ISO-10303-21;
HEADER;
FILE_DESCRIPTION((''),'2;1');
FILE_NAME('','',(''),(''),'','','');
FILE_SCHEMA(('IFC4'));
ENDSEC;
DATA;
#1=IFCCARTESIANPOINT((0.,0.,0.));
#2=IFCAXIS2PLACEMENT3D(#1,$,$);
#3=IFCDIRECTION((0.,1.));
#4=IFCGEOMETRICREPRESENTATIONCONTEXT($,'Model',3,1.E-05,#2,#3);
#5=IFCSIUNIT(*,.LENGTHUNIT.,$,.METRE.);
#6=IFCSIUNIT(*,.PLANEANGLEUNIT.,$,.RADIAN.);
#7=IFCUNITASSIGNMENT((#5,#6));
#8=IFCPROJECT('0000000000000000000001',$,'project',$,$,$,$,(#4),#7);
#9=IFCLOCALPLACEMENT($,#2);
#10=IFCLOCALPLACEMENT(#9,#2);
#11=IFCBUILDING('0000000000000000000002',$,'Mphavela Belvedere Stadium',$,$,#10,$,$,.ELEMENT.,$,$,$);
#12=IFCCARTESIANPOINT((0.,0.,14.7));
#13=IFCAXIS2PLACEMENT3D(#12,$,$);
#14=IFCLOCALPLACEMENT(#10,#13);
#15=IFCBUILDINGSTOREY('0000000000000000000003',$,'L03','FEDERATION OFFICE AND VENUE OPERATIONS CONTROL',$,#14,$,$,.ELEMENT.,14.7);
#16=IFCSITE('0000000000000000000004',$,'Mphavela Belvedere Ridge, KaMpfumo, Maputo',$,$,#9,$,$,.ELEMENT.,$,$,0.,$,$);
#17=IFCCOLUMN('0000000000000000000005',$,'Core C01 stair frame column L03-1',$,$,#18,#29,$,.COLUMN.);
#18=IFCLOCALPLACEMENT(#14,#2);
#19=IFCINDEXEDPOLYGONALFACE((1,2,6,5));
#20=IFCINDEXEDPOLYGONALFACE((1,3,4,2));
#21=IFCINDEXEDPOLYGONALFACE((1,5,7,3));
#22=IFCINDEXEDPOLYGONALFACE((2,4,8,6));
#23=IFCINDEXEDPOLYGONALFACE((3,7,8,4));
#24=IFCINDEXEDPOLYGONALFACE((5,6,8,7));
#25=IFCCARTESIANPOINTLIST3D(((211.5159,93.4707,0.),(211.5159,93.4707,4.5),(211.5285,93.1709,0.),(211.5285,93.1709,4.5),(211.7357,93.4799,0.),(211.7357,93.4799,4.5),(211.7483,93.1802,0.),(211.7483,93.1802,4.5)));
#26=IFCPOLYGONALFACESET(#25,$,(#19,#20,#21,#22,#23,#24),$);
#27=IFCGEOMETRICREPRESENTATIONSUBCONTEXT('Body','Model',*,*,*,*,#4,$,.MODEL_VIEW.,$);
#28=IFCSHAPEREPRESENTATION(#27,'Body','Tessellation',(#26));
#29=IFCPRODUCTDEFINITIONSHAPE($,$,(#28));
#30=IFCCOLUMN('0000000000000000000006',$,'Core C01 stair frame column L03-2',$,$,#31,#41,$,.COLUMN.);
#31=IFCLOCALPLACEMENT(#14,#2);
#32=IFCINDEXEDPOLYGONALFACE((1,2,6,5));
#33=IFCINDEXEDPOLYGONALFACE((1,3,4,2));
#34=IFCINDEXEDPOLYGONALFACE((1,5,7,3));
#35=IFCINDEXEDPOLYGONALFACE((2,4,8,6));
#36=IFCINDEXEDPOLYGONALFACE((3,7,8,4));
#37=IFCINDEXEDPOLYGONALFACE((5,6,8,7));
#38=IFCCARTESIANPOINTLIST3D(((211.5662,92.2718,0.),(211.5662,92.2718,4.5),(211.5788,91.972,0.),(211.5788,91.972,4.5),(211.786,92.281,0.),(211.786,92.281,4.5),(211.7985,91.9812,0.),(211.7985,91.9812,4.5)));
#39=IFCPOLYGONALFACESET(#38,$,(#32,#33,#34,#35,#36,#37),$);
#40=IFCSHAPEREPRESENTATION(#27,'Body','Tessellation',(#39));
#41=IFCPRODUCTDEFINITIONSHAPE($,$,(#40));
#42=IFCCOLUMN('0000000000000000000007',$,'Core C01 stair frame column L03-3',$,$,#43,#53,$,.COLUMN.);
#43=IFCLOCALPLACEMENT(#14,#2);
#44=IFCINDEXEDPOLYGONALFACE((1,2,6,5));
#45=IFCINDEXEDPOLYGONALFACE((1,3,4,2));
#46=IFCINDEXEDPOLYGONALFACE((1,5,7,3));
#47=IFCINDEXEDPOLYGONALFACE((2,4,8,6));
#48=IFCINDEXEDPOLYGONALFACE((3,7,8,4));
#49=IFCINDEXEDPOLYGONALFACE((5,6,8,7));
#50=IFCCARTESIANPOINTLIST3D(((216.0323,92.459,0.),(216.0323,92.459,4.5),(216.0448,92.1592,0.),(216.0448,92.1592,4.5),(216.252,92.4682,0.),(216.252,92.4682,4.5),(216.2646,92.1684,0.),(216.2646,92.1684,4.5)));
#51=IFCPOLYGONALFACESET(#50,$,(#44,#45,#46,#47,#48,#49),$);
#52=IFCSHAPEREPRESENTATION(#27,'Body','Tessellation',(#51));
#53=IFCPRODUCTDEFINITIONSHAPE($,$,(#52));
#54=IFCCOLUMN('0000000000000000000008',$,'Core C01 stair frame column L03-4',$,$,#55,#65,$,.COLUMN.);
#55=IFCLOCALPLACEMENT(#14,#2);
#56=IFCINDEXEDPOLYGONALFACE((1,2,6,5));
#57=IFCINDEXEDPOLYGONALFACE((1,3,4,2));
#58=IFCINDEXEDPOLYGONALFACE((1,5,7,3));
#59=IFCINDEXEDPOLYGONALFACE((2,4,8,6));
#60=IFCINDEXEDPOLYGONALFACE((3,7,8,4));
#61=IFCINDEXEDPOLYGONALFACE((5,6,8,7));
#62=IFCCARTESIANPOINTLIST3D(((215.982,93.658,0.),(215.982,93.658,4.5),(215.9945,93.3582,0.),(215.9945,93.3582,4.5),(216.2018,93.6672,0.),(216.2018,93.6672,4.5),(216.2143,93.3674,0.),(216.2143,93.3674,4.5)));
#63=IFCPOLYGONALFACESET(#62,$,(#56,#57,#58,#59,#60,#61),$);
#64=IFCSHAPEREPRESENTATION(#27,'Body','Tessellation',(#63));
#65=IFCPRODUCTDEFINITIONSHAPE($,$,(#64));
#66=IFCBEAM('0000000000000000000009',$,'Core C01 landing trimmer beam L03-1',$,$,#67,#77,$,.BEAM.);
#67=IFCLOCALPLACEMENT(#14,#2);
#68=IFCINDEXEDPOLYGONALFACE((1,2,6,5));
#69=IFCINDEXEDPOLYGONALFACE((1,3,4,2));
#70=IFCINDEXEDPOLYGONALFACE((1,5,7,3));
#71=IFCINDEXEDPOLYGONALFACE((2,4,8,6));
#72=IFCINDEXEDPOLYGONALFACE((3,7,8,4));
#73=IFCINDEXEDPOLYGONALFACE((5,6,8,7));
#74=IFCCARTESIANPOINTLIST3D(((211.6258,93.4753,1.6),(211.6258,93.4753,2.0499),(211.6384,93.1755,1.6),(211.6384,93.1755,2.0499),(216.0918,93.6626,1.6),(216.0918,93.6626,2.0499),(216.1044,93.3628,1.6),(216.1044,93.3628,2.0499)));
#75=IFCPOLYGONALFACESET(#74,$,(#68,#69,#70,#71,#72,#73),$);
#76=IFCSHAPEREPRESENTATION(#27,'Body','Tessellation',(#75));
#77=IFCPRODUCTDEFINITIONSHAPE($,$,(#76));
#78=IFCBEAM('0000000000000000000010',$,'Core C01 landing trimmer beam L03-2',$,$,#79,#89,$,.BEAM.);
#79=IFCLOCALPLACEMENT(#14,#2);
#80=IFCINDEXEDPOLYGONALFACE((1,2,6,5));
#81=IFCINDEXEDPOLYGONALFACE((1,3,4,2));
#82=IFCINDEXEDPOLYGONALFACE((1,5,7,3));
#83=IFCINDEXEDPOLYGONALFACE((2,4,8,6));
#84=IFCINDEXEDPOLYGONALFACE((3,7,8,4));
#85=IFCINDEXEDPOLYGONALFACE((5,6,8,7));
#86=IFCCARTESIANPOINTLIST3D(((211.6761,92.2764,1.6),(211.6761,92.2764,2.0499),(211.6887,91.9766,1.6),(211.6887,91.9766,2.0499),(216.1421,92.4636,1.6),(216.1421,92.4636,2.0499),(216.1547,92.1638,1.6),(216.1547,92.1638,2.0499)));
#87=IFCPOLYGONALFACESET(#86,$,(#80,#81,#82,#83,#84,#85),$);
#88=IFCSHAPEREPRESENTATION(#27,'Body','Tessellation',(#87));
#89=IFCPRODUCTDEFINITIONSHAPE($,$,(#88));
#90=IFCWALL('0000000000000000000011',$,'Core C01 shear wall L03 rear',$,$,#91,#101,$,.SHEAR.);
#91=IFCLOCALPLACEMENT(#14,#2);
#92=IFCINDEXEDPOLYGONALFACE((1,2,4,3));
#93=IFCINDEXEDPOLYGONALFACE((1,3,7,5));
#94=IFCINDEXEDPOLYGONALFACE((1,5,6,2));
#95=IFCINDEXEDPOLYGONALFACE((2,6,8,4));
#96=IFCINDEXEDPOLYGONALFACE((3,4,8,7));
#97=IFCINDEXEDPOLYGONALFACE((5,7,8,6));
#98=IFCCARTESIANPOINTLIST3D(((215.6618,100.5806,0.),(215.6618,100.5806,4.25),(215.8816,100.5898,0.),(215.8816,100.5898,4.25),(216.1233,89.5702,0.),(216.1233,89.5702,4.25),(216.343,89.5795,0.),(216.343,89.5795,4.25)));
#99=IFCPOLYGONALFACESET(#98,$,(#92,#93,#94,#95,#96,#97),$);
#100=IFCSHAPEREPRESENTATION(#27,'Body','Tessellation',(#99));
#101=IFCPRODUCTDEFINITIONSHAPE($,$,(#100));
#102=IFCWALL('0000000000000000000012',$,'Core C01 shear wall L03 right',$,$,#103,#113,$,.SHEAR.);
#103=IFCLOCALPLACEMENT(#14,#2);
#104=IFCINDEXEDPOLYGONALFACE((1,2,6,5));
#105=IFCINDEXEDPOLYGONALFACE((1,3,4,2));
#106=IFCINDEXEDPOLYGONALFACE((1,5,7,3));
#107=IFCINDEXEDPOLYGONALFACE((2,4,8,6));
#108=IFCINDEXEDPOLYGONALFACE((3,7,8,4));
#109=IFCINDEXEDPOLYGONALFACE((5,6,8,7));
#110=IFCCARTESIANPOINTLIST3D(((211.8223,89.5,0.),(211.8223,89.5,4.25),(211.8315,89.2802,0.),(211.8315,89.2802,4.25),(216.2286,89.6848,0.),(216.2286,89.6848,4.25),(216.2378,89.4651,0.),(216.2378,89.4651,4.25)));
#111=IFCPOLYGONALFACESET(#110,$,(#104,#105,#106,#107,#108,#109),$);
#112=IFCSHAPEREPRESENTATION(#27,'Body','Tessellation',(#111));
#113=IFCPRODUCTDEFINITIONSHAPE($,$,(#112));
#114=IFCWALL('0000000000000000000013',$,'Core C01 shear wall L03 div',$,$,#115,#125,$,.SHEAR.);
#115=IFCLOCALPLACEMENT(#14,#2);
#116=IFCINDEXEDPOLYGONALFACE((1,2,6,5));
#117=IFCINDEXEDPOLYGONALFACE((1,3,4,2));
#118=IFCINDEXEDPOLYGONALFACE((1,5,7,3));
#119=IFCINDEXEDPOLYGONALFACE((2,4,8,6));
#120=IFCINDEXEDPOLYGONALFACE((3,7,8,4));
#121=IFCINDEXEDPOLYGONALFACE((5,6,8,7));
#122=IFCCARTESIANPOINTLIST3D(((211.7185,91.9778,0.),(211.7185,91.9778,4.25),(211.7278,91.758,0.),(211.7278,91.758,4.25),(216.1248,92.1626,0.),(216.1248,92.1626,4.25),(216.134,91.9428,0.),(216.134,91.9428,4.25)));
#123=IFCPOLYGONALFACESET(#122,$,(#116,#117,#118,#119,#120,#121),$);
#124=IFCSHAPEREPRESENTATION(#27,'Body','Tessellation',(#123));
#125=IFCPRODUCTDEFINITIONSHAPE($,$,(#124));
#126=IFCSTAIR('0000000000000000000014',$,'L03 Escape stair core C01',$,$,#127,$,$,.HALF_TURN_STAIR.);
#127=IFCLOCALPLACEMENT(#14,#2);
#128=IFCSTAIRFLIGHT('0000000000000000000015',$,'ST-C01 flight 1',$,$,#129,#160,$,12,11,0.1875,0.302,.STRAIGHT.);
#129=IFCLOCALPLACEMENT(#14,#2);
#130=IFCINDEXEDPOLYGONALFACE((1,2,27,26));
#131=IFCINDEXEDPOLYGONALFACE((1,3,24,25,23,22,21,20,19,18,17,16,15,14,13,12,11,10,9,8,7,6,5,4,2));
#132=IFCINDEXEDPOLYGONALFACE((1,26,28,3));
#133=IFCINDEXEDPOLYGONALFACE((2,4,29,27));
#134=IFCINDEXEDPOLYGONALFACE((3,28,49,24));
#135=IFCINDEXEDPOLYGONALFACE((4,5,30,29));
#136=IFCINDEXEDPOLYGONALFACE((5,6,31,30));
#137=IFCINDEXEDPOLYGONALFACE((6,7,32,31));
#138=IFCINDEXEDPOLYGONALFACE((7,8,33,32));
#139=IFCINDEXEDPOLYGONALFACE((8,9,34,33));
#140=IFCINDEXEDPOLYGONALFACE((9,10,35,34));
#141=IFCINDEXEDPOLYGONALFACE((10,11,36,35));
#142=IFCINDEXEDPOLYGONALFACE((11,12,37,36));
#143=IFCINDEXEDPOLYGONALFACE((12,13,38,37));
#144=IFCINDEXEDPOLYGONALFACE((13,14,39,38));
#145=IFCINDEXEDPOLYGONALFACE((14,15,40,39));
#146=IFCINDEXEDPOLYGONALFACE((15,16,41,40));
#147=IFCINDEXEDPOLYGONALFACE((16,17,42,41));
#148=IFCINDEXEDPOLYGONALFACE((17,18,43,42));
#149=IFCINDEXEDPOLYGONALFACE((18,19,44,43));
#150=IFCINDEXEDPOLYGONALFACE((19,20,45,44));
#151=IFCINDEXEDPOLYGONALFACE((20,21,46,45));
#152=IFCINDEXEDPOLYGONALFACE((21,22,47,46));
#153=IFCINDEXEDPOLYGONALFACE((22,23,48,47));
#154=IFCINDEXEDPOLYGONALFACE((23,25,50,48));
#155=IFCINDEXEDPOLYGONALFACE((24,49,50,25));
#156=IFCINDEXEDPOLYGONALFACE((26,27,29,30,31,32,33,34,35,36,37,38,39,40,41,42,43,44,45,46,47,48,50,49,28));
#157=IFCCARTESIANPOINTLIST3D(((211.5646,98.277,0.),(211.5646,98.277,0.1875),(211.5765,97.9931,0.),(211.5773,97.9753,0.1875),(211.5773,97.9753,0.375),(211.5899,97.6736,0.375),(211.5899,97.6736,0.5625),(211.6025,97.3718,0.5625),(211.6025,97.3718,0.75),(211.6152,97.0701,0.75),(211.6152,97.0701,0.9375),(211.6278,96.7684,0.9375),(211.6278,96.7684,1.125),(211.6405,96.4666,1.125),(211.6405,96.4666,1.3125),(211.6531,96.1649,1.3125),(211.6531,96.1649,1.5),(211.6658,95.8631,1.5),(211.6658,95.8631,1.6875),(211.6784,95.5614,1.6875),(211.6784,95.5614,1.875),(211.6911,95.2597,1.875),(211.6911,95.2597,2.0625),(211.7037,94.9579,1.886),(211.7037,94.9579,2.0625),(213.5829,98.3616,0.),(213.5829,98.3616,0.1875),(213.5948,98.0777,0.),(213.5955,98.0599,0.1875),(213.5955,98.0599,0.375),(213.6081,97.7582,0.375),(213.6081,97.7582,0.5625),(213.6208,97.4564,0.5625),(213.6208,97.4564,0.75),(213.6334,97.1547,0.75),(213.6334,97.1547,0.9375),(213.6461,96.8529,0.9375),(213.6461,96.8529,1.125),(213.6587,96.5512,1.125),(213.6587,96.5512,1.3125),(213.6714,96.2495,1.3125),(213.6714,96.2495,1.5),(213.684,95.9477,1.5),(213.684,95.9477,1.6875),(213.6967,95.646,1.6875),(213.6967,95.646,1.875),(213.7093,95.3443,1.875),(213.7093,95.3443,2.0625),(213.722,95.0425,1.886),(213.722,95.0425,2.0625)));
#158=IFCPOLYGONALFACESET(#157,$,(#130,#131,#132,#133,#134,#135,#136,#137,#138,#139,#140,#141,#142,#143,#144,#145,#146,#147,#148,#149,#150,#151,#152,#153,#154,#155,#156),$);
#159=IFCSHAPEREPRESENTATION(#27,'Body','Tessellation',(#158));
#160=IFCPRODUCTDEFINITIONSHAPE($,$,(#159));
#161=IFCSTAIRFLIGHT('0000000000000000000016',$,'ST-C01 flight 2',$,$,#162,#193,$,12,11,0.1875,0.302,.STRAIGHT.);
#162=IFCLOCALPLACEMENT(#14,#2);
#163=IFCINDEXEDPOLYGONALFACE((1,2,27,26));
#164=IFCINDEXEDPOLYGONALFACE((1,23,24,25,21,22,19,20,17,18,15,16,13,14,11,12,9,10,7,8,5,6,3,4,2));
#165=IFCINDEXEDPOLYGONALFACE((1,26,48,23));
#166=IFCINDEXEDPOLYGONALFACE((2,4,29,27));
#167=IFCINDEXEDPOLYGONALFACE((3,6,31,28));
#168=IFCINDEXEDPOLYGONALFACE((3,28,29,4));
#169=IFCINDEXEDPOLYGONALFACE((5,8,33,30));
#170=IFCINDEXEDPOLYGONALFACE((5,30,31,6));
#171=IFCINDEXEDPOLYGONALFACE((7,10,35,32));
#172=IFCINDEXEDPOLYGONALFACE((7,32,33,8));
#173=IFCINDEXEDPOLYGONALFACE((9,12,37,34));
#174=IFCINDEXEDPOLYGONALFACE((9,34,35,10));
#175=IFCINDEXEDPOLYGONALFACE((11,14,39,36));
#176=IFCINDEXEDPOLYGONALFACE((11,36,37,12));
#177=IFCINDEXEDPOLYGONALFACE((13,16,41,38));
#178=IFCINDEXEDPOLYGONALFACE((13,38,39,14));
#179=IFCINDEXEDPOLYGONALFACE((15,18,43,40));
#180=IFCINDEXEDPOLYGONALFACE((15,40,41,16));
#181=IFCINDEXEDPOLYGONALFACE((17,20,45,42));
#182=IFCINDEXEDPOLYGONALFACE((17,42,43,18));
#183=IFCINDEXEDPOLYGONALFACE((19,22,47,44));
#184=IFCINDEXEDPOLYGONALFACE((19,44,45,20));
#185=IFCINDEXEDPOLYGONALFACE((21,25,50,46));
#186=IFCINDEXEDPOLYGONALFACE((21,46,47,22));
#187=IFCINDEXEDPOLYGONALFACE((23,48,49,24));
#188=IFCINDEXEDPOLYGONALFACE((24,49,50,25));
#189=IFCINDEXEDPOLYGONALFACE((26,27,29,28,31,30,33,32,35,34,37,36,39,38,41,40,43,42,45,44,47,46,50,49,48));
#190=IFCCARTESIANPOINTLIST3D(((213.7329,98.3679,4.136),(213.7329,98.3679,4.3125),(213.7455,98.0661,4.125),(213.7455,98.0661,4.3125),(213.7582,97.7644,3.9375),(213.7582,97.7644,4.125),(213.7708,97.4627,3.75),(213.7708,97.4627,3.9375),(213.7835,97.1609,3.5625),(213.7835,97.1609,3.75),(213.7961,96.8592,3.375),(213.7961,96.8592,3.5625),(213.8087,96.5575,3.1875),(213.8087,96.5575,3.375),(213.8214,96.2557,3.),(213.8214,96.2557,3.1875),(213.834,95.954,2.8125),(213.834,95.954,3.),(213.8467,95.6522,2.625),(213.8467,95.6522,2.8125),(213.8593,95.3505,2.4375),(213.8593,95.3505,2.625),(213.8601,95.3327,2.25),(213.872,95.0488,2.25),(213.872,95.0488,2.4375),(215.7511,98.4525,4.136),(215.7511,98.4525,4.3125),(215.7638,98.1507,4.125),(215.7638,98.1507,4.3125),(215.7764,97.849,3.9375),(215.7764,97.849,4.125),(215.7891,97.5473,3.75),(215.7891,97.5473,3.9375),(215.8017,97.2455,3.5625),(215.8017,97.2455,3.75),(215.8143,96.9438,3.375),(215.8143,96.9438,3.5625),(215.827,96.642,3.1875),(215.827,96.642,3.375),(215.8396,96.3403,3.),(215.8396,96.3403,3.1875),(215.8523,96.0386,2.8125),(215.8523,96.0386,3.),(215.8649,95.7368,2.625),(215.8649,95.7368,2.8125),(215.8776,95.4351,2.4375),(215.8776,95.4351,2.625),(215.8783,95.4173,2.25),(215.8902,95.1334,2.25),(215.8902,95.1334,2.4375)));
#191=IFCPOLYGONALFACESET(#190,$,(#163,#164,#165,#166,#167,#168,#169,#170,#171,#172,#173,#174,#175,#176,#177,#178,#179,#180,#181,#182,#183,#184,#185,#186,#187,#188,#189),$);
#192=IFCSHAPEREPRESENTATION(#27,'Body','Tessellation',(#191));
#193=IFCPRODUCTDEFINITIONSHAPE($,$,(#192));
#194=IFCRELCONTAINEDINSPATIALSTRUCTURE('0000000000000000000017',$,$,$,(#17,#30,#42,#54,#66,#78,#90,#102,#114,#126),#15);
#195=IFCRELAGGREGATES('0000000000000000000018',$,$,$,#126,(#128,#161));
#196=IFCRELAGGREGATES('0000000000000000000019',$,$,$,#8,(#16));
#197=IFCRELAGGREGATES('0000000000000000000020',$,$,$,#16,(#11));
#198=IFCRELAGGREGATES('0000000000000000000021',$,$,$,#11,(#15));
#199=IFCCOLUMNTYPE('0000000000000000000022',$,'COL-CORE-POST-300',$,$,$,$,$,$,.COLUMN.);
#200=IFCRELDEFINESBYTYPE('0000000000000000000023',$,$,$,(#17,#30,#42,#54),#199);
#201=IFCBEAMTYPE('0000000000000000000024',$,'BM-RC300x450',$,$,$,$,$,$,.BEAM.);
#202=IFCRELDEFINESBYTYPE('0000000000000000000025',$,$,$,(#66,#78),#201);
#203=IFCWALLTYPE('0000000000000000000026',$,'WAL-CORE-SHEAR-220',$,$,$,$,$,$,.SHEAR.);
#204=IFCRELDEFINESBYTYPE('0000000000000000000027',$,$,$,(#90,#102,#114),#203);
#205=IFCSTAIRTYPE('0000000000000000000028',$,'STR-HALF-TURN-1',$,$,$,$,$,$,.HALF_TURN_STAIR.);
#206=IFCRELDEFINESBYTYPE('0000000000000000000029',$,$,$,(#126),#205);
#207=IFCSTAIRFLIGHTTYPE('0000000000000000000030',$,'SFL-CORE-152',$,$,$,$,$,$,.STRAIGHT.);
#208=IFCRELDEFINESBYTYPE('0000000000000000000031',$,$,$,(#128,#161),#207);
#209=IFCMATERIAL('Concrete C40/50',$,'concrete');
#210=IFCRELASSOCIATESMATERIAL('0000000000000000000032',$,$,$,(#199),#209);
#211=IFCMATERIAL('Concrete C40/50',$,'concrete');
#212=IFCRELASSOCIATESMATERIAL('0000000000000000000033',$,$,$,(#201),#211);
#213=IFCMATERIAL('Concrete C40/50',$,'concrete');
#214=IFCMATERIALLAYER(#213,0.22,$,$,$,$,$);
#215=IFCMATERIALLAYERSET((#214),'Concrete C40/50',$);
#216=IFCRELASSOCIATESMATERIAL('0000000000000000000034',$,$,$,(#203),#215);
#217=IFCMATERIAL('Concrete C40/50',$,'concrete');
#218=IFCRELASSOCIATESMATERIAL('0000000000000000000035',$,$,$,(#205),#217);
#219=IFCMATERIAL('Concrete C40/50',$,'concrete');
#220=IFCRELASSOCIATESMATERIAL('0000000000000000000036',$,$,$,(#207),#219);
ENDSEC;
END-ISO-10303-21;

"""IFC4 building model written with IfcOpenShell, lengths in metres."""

from ifc_helpers import new_model, si_unit, direction, frame, frame_2d, origin, origin_2d, place, context, subcontext, project, spatial, polyline, rectangle, outline, extrude, material, layer, layer_set, material_profile, profile_set, type_object, element, aggregate, save


model = new_model("IFC4")

# Units and contexts
model_context = context("Model", 3, precision=1e-05, world=origin(), true_north=direction((0.0, 1.0)))
body_context = subcontext(model_context, "Body", "Model", "MODEL_VIEW")
ifc_project = project(units=[si_unit("LENGTHUNIT", "METRE"), si_unit("PLANEANGLEUNIT", "RADIAN")], contexts=[model_context])

# Site, building, storey
site_placement = place(None, origin())
site = spatial("IfcSite", under=ifc_project, at=site_placement, Name="Mphavela Belvedere Ridge, KaMpfumo, Maputo", CompositionType="ELEMENT", RefElevation=0.0)
building_placement = place(site_placement, origin())
building = spatial("IfcBuilding", under=site, at=building_placement, Name="Mphavela Belvedere Stadium", CompositionType="ELEMENT")
storey_placement = place(building_placement, frame((0.0, 0.0, 14.7)))
storey = spatial("IfcBuildingStorey", under=building, at=storey_placement, Name="L03", Description="FEDERATION OFFICE AND VENUE OPERATIONS CONTROL", CompositionType="ELEMENT", Elevation=14.7)

# Columns
ifc_material_1 = material(Name="Concrete C40/50", Category="concrete")
ifc_material_profile_1 = material_profile(ifc_material_1, rectangle(XDim=0.3, YDim=0.22, at=origin_2d()), Name="RC 300x220")
ifc_profile_set_1 = profile_set([ifc_material_profile_1], Name="Concrete C40/50")
column_type = type_object("IfcColumnType", Name="COL-CORE-POST-300", PredefinedType="COLUMN", material=ifc_profile_set_1)
for number, where, z_axis, x_axis, name in (
    (1, (211.6321, 93.3254, 0.0), (0.0, 0.0, 1.0), (0.041876, -0.999123, 0.0), "Core C01 stair frame column L03-1"),
    (2, (211.6824, 92.1265, 0.0), (0.0, 0.0, 1.0), (0.041876, -0.999123, 0.0), "Core C01 stair frame column L03-2"),
    (3, (216.1484, 92.3137, 0.0), (0.0, 0.0, 1.0), (0.041876, -0.999123, 0.0), "Core C01 stair frame column L03-3"),
    (4, (216.0981, 93.5127, 0.0), (0.0, 0.0, 1.0), (0.041876, -0.999123, 0.0), "Core C01 stair frame column L03-4"),
):
    element("IfcColumn", number, at=place(storey_placement, frame(where, z_axis=z_axis, x_axis=x_axis)), inside=storey, type_object=column_type, Name=name, PredefinedType="COLUMN", context=body_context, shape_type="SweptSolid", body=[
        extrude(rectangle(XDim=0.3, YDim=0.22, at=origin_2d()), origin(), (0.0, 0.0, 1.0), 4.5),
    ])

# Beams
ifc_material_2 = material(Name="Concrete C40/50", Category="concrete")
ifc_material_profile_2 = material_profile(ifc_material_2, rectangle(XDim=0.3, YDim=0.45, at=origin_2d()), Name="RC 300x450")
ifc_profile_set_2 = profile_set([ifc_material_profile_2], Name="Concrete C40/50")
beam_type = type_object("IfcBeamType", Name="BM-RC300x450", PredefinedType="BEAM", material=ifc_profile_set_2)
for number, where, z_axis, x_axis, name in (
    (5, (211.6321, 93.3254, 1.825), (0.999122, 0.041892, 0.0), (-0.041892, 0.999122, 0.0), "Core C01 landing trimmer beam L03-1"),
    (6, (211.6824, 92.1265, 1.825), (0.999122, 0.041892, 0.0), (-0.041892, 0.999122, 0.0), "Core C01 landing trimmer beam L03-2"),
):
    element("IfcBeam", number, at=place(storey_placement, frame(where, z_axis=z_axis, x_axis=x_axis)), inside=storey, type_object=beam_type, Name=name, PredefinedType="BEAM", context=body_context, shape_type="SweptSolid", body=[
        extrude(rectangle(XDim=0.3, YDim=0.45, at=origin_2d()), origin(), (0.0, 0.0, 1.0), 4.47),
    ])

# Walls
ifc_material_3 = material(Name="Concrete C40/50", Category="concrete")
ifc_layer = layer(ifc_material_3, 0.22)
ifc_layer_set = layer_set([ifc_layer], Name="Concrete C40/50")
wall_type = type_object("IfcWallType", Name="WAL-CORE-SHEAR-220", PredefinedType="SHEAR", material=ifc_layer_set)
wall_placement = place(storey_placement, frame((215.7717, 100.5852, 0.0), z_axis=(0.0, 0.0, 1.0), x_axis=(0.041872, -0.999123, 0.0)))
element("IfcWall", 7, at=wall_placement, inside=storey, type_object=wall_type, Name="Core C01 shear wall L03 rear", PredefinedType="SHEAR", context=body_context, shape_type="SweptSolid", body=[
    extrude(rectangle(XDim=11.02, YDim=0.22, at=frame_2d((5.51, 0.0))), origin(), (0.0, 0.0, 1.0), 4.25),
])
for number, where, z_axis, x_axis, name in (
    (8, (211.8269, 89.3901, 0.0), (0.0, 0.0, 1.0), (0.999122, 0.041907, 0.0), "Core C01 shear wall L03 right"),
    (9, (211.7231, 91.8679, 0.0), (0.0, 0.0, 1.0), (0.999122, 0.041907, 0.0), "Core C01 shear wall L03 div"),
):
    element("IfcWall", number, at=place(storey_placement, frame(where, z_axis=z_axis, x_axis=x_axis)), inside=storey, type_object=wall_type, Name=name, PredefinedType="SHEAR", context=body_context, shape_type="SweptSolid", body=[
        extrude(rectangle(XDim=4.4102, YDim=0.22, at=frame_2d((2.2051, 0.0))), origin(), (0.0, 0.0, 1.0), 4.25),
    ])

# Stair, stair flights
ifc_material_4 = material(Name="Concrete C40/50", Category="concrete")
stair_type = type_object("IfcStairType", Name="STR-HALF-TURN-1", PredefinedType="HALF_TURN_STAIR", material=ifc_material_4)
stair_placement = place(storey_placement, origin())
stair = element("IfcStair", 10, at=stair_placement, inside=storey, type_object=stair_type, Name="L03 Escape stair core C01", PredefinedType="HALF_TURN_STAIR")
ifc_material_5 = material(Name="Concrete C40/50", Category="concrete")
stair_flight_type = type_object("IfcStairFlightType", Name="SFL-CORE-152", PredefinedType="STRAIGHT", material=ifc_material_5)
stair_flight_1_placement = place(storey_placement, frame((212.5737, 98.3193, 0.0), z_axis=(0.0, 0.0, 1.0), x_axis=(0.041876, -0.999123, 0.0)))
stair_flight_1 = element("IfcStairFlight", 11, at=stair_flight_1_placement, type_object=stair_flight_type, Name="ST-C01 flight 1", NumberOfRisers=12, NumberOfTreads=11, PredefinedType="STRAIGHT", RiserHeight=0.1875, TreadLength=0.302, context=body_context, shape_type="SweptSolid", body=[
    extrude(outline(polyline([(0.0, 0.0), (0.0, 0.1875), (0.302, 0.1875), (0.302, 0.375), (0.604, 0.375), (0.604, 0.5625), (0.906, 0.5625), (0.906, 0.75), (1.208, 0.75), (1.208, 0.9375), (1.51, 0.9375), (1.51, 1.125), (1.812, 1.125), (1.812, 1.3125), (2.114, 1.3125), (2.114, 1.5), (2.416, 1.5), (2.416, 1.6875), (2.718, 1.6875), (2.718, 1.875), (3.02, 1.875), (3.02, 2.0625), (3.322, 2.0625), (3.322, 2.25), (3.322, 1.886), (0.2842, 0.0), (0.0, 0.0)])), frame((0.0, 1.01, 0.0), z_axis=(0.0, -1.0, 0.0), x_axis=(1.0, 0.0, 0.0)), (0.0, 0.0, 1.0), 2.02),
])
stair_flight_2_placement = place(storey_placement, frame((214.8811, 95.0911, 2.25), z_axis=(0.0, 0.0, 1.0), x_axis=(-0.041876, 0.999123, 0.0)))
stair_flight_2 = element("IfcStairFlight", 12, at=stair_flight_2_placement, type_object=stair_flight_type, Name="ST-C01 flight 2", NumberOfRisers=12, NumberOfTreads=11, PredefinedType="STRAIGHT", RiserHeight=0.1875, TreadLength=0.302, context=body_context, shape_type="SweptSolid", body=[
    extrude(outline(polyline([(0.0, 0.0), (0.0, 0.1875), (0.302, 0.1875), (0.302, 0.375), (0.604, 0.375), (0.604, 0.5625), (0.906, 0.5625), (0.906, 0.75), (1.208, 0.75), (1.208, 0.9375), (1.51, 0.9375), (1.51, 1.125), (1.812, 1.125), (1.812, 1.3125), (2.114, 1.3125), (2.114, 1.5), (2.416, 1.5), (2.416, 1.6875), (2.718, 1.6875), (2.718, 1.875), (3.02, 1.875), (3.02, 2.0625), (3.322, 2.0625), (3.322, 2.25), (3.322, 1.886), (0.2842, 0.0), (0.0, 0.0)])), frame((0.0, 1.01, 0.0), z_axis=(0.0, -1.0, 0.0), x_axis=(1.0, 0.0, 0.0)), (0.0, 0.0, 1.0), 2.02),
])
aggregate(stair, [stair_flight_1, stair_flight_2])

save(model, "model.ifc")
